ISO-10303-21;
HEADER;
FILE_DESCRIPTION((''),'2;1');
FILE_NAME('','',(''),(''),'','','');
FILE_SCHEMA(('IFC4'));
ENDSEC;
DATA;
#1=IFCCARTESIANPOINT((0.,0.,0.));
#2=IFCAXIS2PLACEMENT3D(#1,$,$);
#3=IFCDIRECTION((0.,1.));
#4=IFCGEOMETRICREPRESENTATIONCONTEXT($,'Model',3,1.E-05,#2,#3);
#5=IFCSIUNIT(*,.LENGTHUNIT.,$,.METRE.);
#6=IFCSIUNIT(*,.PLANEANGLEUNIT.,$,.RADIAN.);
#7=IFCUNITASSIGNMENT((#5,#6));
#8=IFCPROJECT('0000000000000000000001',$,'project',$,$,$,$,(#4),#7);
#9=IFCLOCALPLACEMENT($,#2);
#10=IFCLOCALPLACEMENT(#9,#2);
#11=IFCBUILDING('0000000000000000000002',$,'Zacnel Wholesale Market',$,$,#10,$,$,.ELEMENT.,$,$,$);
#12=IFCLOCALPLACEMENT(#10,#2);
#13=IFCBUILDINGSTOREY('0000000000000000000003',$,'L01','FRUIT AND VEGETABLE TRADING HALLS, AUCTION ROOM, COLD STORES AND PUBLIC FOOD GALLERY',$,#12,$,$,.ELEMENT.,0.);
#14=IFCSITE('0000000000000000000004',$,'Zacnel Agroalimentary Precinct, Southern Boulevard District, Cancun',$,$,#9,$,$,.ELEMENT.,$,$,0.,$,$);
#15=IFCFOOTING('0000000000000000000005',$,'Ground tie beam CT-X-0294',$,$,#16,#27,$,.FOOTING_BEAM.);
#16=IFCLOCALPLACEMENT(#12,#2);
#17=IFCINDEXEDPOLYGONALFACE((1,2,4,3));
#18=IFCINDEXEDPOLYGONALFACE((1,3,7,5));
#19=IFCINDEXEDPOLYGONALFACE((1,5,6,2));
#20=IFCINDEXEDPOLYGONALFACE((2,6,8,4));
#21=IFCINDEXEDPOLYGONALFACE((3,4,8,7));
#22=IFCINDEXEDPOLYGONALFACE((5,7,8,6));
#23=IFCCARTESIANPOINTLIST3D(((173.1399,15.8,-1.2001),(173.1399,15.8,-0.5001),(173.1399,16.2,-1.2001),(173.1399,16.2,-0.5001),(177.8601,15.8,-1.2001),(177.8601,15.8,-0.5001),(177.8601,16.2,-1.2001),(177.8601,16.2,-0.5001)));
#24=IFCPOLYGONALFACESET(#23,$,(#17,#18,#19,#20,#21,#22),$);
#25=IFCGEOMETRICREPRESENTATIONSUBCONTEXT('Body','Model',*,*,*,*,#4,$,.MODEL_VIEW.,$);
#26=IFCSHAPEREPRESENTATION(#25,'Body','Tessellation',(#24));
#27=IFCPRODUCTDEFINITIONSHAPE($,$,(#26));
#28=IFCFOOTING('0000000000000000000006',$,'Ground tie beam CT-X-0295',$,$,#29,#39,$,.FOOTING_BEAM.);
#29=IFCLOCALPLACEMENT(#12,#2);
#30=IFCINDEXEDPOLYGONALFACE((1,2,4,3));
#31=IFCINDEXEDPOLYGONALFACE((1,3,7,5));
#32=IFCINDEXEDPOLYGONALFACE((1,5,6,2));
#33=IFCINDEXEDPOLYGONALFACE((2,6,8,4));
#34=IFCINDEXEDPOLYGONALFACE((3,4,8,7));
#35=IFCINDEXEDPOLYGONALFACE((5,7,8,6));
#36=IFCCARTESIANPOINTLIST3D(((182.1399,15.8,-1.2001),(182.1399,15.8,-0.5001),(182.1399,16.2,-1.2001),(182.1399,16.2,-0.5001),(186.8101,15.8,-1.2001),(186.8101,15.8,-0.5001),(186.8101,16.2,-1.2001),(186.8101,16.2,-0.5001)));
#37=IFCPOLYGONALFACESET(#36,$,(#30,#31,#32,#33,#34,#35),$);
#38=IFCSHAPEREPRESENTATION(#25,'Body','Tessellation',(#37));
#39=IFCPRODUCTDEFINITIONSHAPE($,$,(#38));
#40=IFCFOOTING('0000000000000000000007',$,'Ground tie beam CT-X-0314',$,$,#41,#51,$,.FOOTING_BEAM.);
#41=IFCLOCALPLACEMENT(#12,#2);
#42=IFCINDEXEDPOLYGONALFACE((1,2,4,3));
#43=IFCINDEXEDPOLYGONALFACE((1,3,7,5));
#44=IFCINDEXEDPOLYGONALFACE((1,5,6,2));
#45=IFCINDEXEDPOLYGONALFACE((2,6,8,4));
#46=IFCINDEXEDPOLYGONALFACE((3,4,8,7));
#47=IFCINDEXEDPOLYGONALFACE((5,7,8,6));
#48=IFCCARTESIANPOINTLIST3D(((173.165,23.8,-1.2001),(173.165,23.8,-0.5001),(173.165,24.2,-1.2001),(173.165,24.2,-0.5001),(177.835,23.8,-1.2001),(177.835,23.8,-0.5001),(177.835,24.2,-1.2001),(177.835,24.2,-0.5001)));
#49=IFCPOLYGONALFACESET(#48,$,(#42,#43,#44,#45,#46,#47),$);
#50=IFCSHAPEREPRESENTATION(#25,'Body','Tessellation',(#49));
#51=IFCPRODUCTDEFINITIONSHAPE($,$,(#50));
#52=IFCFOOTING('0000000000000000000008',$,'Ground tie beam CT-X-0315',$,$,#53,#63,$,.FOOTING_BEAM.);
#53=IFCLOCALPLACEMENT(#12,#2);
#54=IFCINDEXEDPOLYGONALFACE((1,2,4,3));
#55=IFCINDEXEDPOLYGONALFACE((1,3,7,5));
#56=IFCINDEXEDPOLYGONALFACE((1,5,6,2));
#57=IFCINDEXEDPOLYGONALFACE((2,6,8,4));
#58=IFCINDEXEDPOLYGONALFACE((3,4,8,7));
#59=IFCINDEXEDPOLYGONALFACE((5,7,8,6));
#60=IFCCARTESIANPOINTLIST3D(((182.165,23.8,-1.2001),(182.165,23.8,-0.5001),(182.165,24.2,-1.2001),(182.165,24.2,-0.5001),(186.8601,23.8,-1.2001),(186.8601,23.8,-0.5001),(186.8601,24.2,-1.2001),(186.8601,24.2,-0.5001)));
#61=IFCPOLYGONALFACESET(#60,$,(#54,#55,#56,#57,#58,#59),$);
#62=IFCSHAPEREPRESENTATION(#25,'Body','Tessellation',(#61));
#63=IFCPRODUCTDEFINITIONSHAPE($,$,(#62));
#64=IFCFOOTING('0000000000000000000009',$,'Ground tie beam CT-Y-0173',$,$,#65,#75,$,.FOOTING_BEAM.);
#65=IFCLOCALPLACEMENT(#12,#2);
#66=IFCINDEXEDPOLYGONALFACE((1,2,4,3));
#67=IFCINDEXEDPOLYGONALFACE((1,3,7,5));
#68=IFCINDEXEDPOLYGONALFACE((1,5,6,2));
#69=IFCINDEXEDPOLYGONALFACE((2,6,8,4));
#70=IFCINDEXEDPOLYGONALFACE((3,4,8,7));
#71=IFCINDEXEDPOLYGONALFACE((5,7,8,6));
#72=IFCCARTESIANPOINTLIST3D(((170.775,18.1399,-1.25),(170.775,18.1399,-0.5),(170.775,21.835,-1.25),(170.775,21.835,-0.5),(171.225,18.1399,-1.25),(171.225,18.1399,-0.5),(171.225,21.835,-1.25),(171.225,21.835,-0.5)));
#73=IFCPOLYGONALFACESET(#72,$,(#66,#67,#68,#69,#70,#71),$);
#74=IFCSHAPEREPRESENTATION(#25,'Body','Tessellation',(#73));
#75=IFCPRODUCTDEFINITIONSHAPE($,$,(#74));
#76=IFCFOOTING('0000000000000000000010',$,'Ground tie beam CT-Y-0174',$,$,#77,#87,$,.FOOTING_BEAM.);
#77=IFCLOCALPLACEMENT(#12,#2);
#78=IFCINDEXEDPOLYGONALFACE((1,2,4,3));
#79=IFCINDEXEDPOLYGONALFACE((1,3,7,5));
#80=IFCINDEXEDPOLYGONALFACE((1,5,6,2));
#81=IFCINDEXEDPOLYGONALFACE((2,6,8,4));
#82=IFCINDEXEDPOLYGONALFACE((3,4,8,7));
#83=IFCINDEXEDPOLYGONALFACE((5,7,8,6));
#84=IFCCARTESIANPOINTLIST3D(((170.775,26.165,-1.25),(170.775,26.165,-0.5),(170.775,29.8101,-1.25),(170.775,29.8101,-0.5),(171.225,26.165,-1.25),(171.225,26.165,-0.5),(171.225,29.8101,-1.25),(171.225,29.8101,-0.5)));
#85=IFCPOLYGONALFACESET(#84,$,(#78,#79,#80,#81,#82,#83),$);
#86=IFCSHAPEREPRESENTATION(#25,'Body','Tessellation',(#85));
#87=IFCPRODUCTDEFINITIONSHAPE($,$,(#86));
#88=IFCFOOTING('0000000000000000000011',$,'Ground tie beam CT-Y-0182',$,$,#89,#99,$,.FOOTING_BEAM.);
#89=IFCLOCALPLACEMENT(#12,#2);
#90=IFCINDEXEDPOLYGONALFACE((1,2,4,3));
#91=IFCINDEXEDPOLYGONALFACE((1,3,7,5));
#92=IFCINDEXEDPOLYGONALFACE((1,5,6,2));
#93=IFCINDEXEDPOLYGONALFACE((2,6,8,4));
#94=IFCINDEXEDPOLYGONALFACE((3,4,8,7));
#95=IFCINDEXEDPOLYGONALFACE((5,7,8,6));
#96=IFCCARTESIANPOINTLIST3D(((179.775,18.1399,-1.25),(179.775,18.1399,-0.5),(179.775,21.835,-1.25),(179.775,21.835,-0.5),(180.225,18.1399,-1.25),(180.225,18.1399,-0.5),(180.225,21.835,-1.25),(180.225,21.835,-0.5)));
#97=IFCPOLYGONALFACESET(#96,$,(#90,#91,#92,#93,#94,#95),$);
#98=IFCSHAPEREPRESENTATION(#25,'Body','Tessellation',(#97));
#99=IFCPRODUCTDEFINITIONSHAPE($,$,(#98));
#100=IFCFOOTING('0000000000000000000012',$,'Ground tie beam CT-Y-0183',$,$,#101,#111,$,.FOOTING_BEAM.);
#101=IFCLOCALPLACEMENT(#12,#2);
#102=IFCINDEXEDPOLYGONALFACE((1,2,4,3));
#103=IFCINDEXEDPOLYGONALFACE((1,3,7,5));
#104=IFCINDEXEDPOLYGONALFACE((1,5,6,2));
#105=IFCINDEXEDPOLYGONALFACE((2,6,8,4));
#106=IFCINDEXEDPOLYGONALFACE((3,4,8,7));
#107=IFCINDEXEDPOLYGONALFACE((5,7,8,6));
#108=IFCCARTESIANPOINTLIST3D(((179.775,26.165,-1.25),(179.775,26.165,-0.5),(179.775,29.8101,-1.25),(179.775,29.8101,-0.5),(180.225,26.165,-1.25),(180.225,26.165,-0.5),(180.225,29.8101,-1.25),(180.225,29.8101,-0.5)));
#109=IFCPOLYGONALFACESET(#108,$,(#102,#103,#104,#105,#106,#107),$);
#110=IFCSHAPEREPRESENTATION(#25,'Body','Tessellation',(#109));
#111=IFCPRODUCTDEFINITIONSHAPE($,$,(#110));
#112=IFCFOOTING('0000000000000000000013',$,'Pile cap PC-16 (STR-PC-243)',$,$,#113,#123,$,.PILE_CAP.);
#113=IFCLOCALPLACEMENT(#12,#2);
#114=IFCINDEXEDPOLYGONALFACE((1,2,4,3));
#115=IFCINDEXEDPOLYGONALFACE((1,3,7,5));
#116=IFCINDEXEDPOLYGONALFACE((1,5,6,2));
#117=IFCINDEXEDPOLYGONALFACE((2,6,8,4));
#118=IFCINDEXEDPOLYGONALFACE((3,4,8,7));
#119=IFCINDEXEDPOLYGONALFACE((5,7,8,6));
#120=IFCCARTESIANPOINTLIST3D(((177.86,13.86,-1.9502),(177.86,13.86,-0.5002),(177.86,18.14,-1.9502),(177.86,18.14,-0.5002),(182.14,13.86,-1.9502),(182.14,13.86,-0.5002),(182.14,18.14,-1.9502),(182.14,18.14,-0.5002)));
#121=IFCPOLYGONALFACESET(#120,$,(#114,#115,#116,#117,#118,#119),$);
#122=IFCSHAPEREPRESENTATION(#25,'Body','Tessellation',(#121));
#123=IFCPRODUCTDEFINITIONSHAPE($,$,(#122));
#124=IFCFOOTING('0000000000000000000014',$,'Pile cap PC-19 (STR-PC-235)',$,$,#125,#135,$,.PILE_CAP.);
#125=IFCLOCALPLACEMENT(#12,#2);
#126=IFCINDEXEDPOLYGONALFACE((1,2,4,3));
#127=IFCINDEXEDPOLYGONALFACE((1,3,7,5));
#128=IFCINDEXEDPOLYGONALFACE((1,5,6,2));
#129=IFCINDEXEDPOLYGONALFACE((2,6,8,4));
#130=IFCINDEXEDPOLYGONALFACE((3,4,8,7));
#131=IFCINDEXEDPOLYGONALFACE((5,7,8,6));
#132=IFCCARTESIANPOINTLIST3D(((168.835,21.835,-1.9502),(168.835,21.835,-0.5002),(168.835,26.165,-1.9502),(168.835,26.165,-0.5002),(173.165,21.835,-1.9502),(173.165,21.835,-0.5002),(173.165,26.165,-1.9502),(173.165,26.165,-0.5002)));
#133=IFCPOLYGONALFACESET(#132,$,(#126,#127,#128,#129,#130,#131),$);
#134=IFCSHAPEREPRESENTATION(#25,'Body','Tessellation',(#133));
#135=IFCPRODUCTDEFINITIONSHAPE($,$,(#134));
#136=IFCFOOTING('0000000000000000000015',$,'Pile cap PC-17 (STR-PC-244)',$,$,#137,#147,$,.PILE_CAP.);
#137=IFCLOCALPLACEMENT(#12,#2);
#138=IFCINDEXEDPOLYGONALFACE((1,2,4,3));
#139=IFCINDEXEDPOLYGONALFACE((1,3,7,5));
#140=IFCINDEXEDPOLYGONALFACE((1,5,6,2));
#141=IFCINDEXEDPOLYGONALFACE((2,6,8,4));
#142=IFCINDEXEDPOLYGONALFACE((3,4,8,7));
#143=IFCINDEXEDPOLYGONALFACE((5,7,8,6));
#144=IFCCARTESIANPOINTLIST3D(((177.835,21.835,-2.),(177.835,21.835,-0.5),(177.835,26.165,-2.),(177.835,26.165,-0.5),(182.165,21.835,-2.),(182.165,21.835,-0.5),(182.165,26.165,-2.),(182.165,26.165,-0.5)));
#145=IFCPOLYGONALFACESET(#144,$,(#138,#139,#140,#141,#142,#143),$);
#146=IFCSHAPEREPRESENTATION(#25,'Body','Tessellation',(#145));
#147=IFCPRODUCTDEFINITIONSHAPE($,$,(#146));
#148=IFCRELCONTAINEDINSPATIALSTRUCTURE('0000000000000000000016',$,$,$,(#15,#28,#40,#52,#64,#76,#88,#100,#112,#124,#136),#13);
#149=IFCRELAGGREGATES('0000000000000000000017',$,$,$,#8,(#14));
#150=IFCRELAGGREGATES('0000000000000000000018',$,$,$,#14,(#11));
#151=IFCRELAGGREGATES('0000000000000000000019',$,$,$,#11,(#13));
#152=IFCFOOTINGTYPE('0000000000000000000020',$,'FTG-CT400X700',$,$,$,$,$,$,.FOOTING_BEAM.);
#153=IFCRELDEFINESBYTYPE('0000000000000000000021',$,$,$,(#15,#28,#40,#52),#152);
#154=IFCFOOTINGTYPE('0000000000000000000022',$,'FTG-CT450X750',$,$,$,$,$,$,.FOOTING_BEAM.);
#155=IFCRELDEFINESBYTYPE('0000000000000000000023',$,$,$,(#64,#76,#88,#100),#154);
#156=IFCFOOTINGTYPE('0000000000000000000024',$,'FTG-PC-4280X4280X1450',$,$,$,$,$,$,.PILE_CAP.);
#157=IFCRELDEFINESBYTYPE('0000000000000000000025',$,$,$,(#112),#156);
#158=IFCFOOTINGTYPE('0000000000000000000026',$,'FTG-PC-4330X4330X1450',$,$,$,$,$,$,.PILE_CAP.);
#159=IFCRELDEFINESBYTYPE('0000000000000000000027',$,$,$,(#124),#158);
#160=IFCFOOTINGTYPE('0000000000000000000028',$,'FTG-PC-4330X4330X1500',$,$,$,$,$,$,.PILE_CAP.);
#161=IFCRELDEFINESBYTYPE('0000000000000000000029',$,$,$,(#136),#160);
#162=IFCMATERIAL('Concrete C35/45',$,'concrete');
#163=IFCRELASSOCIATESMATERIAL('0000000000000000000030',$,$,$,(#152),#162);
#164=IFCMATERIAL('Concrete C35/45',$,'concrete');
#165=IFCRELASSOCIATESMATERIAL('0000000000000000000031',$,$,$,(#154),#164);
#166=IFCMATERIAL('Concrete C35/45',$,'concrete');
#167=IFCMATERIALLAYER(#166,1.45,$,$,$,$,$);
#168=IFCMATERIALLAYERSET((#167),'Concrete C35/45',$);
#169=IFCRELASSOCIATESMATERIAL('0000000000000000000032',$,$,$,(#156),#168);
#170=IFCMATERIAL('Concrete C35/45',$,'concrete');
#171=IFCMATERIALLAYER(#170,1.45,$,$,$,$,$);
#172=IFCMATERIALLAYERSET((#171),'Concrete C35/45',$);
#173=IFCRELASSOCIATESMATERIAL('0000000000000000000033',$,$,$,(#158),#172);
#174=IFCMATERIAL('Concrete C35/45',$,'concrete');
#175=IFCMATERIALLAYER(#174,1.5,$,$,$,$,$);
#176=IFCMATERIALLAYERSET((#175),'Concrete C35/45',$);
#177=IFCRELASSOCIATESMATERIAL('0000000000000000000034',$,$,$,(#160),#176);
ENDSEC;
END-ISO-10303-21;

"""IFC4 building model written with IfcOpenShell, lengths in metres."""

from ifc_helpers import new_model, si_unit, direction, frame, origin, origin_2d, place, context, subcontext, project, spatial, rectangle, extrude, material, layer, layer_set, material_profile, profile_set, type_object, element, save


model = new_model("IFC4")

# Units and contexts
model_context = context("Model", 3, precision=1e-05, world=origin(), true_north=direction((0.0, 1.0)))
body_context = subcontext(model_context, "Body", "Model", "MODEL_VIEW")
ifc_project = project(units=[si_unit("LENGTHUNIT", "METRE"), si_unit("PLANEANGLEUNIT", "RADIAN")], contexts=[model_context])

# Site, building, storey
site_placement = place(None, origin())
site = spatial("IfcSite", under=ifc_project, at=site_placement, Name="Zacnel Agroalimentary Precinct, Southern Boulevard District, Cancun", CompositionType="ELEMENT", RefElevation=0.0)
building_placement = place(site_placement, origin())
building = spatial("IfcBuilding", under=site, at=building_placement, Name="Zacnel Wholesale Market", CompositionType="ELEMENT")
storey_placement = place(building_placement, origin())
storey = spatial("IfcBuildingStorey", under=building, at=storey_placement, Name="L01", Description="FRUIT AND VEGETABLE TRADING HALLS, AUCTION ROOM, COLD STORES AND PUBLIC FOOD GALLERY", CompositionType="ELEMENT", Elevation=0.0)

# Footings
ifc_material_1 = material(Name="Concrete C35/45", Category="concrete")
ifc_material_profile_1 = material_profile(ifc_material_1, rectangle(XDim=0.3999, YDim=0.7, at=origin_2d()), Name="CT 400x700")
ifc_profile_set_1 = profile_set([ifc_material_profile_1], Name="Concrete C35/45")
footing_type_1 = type_object("IfcFootingType", Name="FTG-CT400X700", PredefinedType="FOOTING_BEAM", material=ifc_profile_set_1)
footing_1_placement = place(storey_placement, frame((173.1399, 16.0, -0.8501), z_axis=(1.0, 0.0, 0.0), x_axis=(0.0, 1.0, 0.0)))
element("IfcFooting", 1, at=footing_1_placement, inside=storey, type_object=footing_type_1, Name="Ground tie beam CT-X-0294", PredefinedType="FOOTING_BEAM", context=body_context, shape_type="SweptSolid", body=[
    extrude(rectangle(XDim=0.3999, YDim=0.7, at=origin_2d()), origin(), (0.0, 0.0, 1.0), 4.7202),
])
footing_2_placement = place(storey_placement, frame((182.1399, 16.0, -0.8501), z_axis=(1.0, 0.0, 0.0), x_axis=(0.0, 1.0, 0.0)))
element("IfcFooting", 2, at=footing_2_placement, inside=storey, type_object=footing_type_1, Name="Ground tie beam CT-X-0295", PredefinedType="FOOTING_BEAM", context=body_context, shape_type="SweptSolid", body=[
    extrude(rectangle(XDim=0.3999, YDim=0.7, at=origin_2d()), origin(), (0.0, 0.0, 1.0), 4.6702),
])
footing_3_placement = place(storey_placement, frame((173.165, 24.0, -0.8501), z_axis=(1.0, 0.0, 0.0), x_axis=(0.0, 1.0, 0.0)))
element("IfcFooting", 3, at=footing_3_placement, inside=storey, type_object=footing_type_1, Name="Ground tie beam CT-X-0314", PredefinedType="FOOTING_BEAM", context=body_context, shape_type="SweptSolid", body=[
    extrude(rectangle(XDim=0.3999, YDim=0.7, at=origin_2d()), origin(), (0.0, 0.0, 1.0), 4.6699),
])
footing_4_placement = place(storey_placement, frame((182.165, 24.0, -0.8501), z_axis=(1.0, 0.0, 0.0), x_axis=(0.0, 1.0, 0.0)))
element("IfcFooting", 4, at=footing_4_placement, inside=storey, type_object=footing_type_1, Name="Ground tie beam CT-X-0315", PredefinedType="FOOTING_BEAM", context=body_context, shape_type="SweptSolid", body=[
    extrude(rectangle(XDim=0.3999, YDim=0.7, at=origin_2d()), origin(), (0.0, 0.0, 1.0), 4.6951),
])
ifc_material_2 = material(Name="Concrete C35/45", Category="concrete")
ifc_material_profile_2 = material_profile(ifc_material_2, rectangle(XDim=0.45, YDim=0.75, at=origin_2d()), Name="CT 450x750")
ifc_profile_set_2 = profile_set([ifc_material_profile_2], Name="Concrete C35/45")
footing_type_2 = type_object("IfcFootingType", Name="FTG-CT450X750", PredefinedType="FOOTING_BEAM", material=ifc_profile_set_2)
footing_5_placement = place(storey_placement, frame((171.0, 18.1399, -0.875), z_axis=(0.0, 1.0, 0.0), x_axis=(-1.0, 0.0, 0.0)))
element("IfcFooting", 5, at=footing_5_placement, inside=storey, type_object=footing_type_2, Name="Ground tie beam CT-Y-0173", PredefinedType="FOOTING_BEAM", context=body_context, shape_type="SweptSolid", body=[
    extrude(rectangle(XDim=0.45, YDim=0.75, at=origin_2d()), origin(), (0.0, 0.0, 1.0), 3.6951),
])
footing_6_placement = place(storey_placement, frame((171.0, 26.165, -0.875), z_axis=(0.0, 1.0, 0.0), x_axis=(-1.0, 0.0, 0.0)))
element("IfcFooting", 6, at=footing_6_placement, inside=storey, type_object=footing_type_2, Name="Ground tie beam CT-Y-0174", PredefinedType="FOOTING_BEAM", context=body_context, shape_type="SweptSolid", body=[
    extrude(rectangle(XDim=0.45, YDim=0.75, at=origin_2d()), origin(), (0.0, 0.0, 1.0), 3.645),
])
footing_7_placement = place(storey_placement, frame((180.0, 18.1399, -0.875), z_axis=(0.0, 1.0, 0.0), x_axis=(-1.0, 0.0, 0.0)))
element("IfcFooting", 7, at=footing_7_placement, inside=storey, type_object=footing_type_2, Name="Ground tie beam CT-Y-0182", PredefinedType="FOOTING_BEAM", context=body_context, shape_type="SweptSolid", body=[
    extrude(rectangle(XDim=0.45, YDim=0.75, at=origin_2d()), origin(), (0.0, 0.0, 1.0), 3.6951),
])
footing_8_placement = place(storey_placement, frame((180.0, 26.165, -0.875), z_axis=(0.0, 1.0, 0.0), x_axis=(-1.0, 0.0, 0.0)))
element("IfcFooting", 8, at=footing_8_placement, inside=storey, type_object=footing_type_2, Name="Ground tie beam CT-Y-0183", PredefinedType="FOOTING_BEAM", context=body_context, shape_type="SweptSolid", body=[
    extrude(rectangle(XDim=0.45, YDim=0.75, at=origin_2d()), origin(), (0.0, 0.0, 1.0), 3.645),
])
ifc_material_3 = material(Name="Concrete C35/45", Category="concrete")
ifc_layer_1 = layer(ifc_material_3, 1.45)
ifc_layer_set_1 = layer_set([ifc_layer_1], Name="Concrete C35/45")
footing_type_3 = type_object("IfcFootingType", Name="FTG-PC-4280X4280X1450", PredefinedType="PILE_CAP", material=ifc_layer_set_1)
footing_9_placement = place(storey_placement, frame((180.0, 16.0, -1.9502), z_axis=(0.0, 0.0, 1.0), x_axis=(1.0, 0.0, 0.0)))
element("IfcFooting", 9, at=footing_9_placement, inside=storey, type_object=footing_type_3, Name="Pile cap PC-16 (STR-PC-243)", PredefinedType="PILE_CAP", context=body_context, shape_type="SweptSolid", body=[
    extrude(rectangle(XDim=4.28, YDim=4.28, at=origin_2d()), origin(), (0.0, 0.0, 1.0), 1.45),
])
ifc_material_4 = material(Name="Concrete C35/45", Category="concrete")
ifc_layer_2 = layer(ifc_material_4, 1.45)
ifc_layer_set_2 = layer_set([ifc_layer_2], Name="Concrete C35/45")
footing_type_4 = type_object("IfcFootingType", Name="FTG-PC-4330X4330X1450", PredefinedType="PILE_CAP", material=ifc_layer_set_2)
footing_10_placement = place(storey_placement, frame((171.0, 24.0, -1.9502), z_axis=(0.0, 0.0, 1.0), x_axis=(1.0, 0.0, 0.0)))
element("IfcFooting", 10, at=footing_10_placement, inside=storey, type_object=footing_type_4, Name="Pile cap PC-19 (STR-PC-235)", PredefinedType="PILE_CAP", context=body_context, shape_type="SweptSolid", body=[
    extrude(rectangle(XDim=4.3301, YDim=4.3301, at=origin_2d()), origin(), (0.0, 0.0, 1.0), 1.45),
])
ifc_material_5 = material(Name="Concrete C35/45", Category="concrete")
ifc_layer_3 = layer(ifc_material_5, 1.5)
ifc_layer_set_3 = layer_set([ifc_layer_3], Name="Concrete C35/45")
footing_type_5 = type_object("IfcFootingType", Name="FTG-PC-4330X4330X1500", PredefinedType="PILE_CAP", material=ifc_layer_set_3)
footing_11_placement = place(storey_placement, frame((180.0, 24.0, -2.0), z_axis=(0.0, 0.0, 1.0), x_axis=(1.0, 0.0, 0.0)))
element("IfcFooting", 11, at=footing_11_placement, inside=storey, type_object=footing_type_5, Name="Pile cap PC-17 (STR-PC-244)", PredefinedType="PILE_CAP", context=body_context, shape_type="SweptSolid", body=[
    extrude(rectangle(XDim=4.3301, YDim=4.3301, at=origin_2d()), origin(), (0.0, 0.0, 1.0), 1.5),
])

save(model, "model.ifc")
